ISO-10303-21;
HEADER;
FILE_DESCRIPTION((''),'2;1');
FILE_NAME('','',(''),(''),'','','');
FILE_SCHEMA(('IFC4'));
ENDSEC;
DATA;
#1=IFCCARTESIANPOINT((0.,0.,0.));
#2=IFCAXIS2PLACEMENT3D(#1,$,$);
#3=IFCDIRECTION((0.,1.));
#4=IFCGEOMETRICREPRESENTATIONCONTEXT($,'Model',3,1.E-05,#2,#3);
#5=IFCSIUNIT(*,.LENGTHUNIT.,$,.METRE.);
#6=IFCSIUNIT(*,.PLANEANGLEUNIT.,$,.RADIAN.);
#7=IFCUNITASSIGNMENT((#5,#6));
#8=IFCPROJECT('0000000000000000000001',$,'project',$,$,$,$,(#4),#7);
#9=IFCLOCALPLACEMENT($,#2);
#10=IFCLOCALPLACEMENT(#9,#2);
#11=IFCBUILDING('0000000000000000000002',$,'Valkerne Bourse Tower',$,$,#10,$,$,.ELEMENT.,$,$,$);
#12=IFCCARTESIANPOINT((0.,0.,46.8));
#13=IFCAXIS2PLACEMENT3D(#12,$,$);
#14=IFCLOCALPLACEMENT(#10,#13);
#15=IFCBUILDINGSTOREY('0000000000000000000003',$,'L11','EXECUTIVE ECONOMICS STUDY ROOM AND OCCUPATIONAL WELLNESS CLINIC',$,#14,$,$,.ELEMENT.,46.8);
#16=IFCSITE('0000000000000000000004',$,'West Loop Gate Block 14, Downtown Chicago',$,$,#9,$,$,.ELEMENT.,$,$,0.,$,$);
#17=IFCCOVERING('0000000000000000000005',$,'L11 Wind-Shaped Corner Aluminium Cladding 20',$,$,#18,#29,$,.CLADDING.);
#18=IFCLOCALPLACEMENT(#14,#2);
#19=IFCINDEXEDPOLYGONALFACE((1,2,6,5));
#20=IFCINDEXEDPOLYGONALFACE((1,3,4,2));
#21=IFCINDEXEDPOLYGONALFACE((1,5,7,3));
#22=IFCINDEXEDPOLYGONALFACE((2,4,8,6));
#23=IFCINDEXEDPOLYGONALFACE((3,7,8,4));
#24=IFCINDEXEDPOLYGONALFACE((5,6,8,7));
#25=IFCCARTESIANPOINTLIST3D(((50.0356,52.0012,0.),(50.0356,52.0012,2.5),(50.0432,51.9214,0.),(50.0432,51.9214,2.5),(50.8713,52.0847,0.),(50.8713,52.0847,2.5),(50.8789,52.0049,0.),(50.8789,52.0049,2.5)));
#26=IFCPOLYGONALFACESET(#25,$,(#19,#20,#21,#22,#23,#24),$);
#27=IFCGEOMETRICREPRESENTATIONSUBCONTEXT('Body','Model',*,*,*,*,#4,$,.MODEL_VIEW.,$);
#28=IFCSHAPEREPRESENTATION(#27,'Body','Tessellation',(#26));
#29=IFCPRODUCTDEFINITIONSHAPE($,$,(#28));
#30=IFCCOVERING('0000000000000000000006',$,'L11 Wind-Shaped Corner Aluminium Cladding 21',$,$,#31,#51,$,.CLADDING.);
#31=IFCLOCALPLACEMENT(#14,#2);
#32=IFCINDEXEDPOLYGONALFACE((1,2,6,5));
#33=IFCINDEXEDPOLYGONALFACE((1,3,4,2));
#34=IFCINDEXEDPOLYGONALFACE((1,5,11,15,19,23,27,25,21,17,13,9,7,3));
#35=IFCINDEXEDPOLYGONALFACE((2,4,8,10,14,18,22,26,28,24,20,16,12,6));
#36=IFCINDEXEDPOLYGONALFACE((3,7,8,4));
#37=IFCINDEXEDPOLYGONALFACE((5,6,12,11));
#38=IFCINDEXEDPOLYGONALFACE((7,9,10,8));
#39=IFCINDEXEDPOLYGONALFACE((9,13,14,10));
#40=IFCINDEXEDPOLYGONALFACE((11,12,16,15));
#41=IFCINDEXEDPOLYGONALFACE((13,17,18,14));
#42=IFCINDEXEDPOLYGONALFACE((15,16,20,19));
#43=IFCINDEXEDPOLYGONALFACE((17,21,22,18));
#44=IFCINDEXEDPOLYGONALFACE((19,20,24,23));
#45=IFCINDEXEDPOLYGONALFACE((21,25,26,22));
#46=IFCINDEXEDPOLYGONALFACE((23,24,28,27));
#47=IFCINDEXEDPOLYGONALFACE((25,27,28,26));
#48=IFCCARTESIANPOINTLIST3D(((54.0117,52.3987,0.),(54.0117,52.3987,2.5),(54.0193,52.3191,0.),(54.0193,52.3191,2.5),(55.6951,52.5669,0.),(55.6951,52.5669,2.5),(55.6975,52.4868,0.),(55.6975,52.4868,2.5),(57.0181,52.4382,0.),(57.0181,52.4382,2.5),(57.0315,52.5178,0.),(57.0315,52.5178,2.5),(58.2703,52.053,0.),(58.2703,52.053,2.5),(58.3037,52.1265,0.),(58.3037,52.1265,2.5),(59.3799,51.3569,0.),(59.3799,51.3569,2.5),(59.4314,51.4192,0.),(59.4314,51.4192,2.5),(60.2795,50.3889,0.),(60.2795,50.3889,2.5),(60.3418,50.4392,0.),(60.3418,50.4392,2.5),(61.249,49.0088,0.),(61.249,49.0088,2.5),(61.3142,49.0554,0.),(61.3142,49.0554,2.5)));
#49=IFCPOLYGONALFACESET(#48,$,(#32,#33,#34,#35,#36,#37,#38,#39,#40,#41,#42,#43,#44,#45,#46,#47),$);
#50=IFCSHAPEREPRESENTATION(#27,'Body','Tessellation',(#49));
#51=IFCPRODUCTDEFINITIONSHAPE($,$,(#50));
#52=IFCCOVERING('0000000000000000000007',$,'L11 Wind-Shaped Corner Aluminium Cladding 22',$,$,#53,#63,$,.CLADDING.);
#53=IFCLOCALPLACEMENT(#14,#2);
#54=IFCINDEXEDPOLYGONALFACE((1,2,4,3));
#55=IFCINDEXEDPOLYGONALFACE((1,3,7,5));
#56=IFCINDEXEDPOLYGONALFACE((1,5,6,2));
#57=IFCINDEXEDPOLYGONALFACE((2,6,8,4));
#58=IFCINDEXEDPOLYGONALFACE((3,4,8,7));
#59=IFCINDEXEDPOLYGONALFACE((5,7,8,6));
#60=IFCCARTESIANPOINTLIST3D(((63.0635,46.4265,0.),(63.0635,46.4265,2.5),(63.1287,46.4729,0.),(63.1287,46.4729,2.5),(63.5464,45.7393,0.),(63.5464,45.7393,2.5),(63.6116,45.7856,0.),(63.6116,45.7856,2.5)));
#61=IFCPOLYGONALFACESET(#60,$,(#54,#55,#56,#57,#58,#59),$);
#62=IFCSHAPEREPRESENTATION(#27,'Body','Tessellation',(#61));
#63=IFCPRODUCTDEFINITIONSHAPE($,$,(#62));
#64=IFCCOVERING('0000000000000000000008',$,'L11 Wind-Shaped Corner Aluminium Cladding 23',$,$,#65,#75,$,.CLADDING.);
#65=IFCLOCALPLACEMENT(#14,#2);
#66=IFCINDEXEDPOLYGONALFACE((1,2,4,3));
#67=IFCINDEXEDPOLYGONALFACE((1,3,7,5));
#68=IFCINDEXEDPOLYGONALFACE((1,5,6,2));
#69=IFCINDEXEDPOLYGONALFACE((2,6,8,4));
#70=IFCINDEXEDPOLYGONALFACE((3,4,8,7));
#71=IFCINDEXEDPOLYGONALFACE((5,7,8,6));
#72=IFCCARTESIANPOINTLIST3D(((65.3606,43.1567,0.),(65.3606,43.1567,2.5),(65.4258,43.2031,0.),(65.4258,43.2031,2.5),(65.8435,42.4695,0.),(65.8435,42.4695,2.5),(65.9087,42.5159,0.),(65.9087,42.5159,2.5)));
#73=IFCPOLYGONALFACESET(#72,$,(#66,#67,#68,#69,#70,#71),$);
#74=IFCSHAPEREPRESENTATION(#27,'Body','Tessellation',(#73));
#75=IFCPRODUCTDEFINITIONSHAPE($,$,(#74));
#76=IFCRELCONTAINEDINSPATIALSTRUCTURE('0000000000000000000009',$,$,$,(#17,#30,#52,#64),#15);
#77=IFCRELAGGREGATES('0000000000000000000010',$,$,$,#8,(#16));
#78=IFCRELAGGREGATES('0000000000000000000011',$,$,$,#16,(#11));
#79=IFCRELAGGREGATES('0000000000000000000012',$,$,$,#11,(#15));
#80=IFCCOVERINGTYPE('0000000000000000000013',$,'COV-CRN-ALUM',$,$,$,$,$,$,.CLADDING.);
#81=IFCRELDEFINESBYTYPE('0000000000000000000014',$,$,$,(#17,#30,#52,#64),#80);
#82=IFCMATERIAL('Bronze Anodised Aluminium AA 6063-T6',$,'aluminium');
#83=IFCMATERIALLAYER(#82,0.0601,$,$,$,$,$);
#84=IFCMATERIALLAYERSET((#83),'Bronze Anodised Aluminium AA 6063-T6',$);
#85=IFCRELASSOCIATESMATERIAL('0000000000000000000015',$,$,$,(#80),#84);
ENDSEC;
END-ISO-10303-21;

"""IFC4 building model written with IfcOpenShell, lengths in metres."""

from ifc_helpers import new_model, si_unit, direction, frame, origin, place, context, subcontext, project, spatial, polyline, outline, extrude, material, layer, layer_set, type_object, element, save


model = new_model("IFC4")

# Units and contexts
model_context = context("Model", 3, precision=1e-05, world=origin(), true_north=direction((0.0, 1.0)))
body_context = subcontext(model_context, "Body", "Model", "MODEL_VIEW")
ifc_project = project(units=[si_unit("LENGTHUNIT", "METRE"), si_unit("PLANEANGLEUNIT", "RADIAN")], contexts=[model_context])

# Site, building, storey
site_placement = place(None, origin())
site = spatial("IfcSite", under=ifc_project, at=site_placement, Name="West Loop Gate Block 14, Downtown Chicago", CompositionType="ELEMENT", RefElevation=0.0)
building_placement = place(site_placement, origin())
building = spatial("IfcBuilding", under=site, at=building_placement, Name="Valkerne Bourse Tower", CompositionType="ELEMENT")
storey_placement = place(building_placement, frame((0.0, 0.0, 46.8)))
storey = spatial("IfcBuildingStorey", under=building, at=storey_placement, Name="L11", Description="EXECUTIVE ECONOMICS STUDY ROOM AND OCCUPATIONAL WELLNESS CLINIC", CompositionType="ELEMENT", Elevation=46.8)

# Coverings
ifc_material_1 = material(Name="Bronze Anodised Aluminium AA 6063-T6", Category="aluminium")
ifc_layer_1 = layer(ifc_material_1, 0.0601)
ifc_layer_set_1 = layer_set([ifc_layer_1], Name="Bronze Anodised Aluminium AA 6063-T6")
covering_type = type_object("IfcCoveringType", Name="COV-CRN-ALUM", PredefinedType="CLADDING", material=ifc_layer_set_1)
covering_1_placement = place(storey_placement, origin())
element("IfcCovering", 1, at=covering_1_placement, inside=storey, type_object=covering_type, Name="L11 Wind-Shaped Corner Aluminium Cladding 20", PredefinedType="CLADDING", context=body_context, shape_type="SweptSolid", body=[
    extrude(outline(polyline([(50.8713, 52.0847), (50.8789, 52.0049), (50.0432, 51.9214), (50.0356, 52.0012), (50.8713, 52.0847)])), origin(), (0.0, 0.0, 1.0), 2.5),
])
covering_2_placement = place(storey_placement, origin())
element("IfcCovering", 2, at=covering_2_placement, inside=storey, type_object=covering_type, Name="L11 Wind-Shaped Corner Aluminium Cladding 21", PredefinedType="CLADDING", context=body_context, shape_type="SweptSolid", body=[
    extrude(outline(polyline([(55.6951, 52.5669), (57.0315, 52.5178), (58.3037, 52.1265), (59.4314, 51.4192), (60.3418, 50.4392), (61.3142, 49.0554), (61.249, 49.0088), (60.2795, 50.3889), (59.3799, 51.3569), (58.2703, 52.053), (57.0181, 52.4382), (55.6975, 52.4868), (54.0193, 52.3191), (54.0117, 52.3987), (55.6951, 52.5669)])), origin(), (0.0, 0.0, 1.0), 2.5),
])
covering_3_placement = place(storey_placement, origin())
element("IfcCovering", 3, at=covering_3_placement, inside=storey, type_object=covering_type, Name="L11 Wind-Shaped Corner Aluminium Cladding 22", PredefinedType="CLADDING", context=body_context, shape_type="SweptSolid", body=[
    extrude(outline(polyline([(63.6116, 45.7856), (63.5464, 45.7393), (63.0635, 46.4265), (63.1287, 46.4729), (63.6116, 45.7856)])), origin(), (0.0, 0.0, 1.0), 2.5),
])
covering_4_placement = place(storey_placement, origin())
element("IfcCovering", 4, at=covering_4_placement, inside=storey, type_object=covering_type, Name="L11 Wind-Shaped Corner Aluminium Cladding 23", PredefinedType="CLADDING", context=body_context, shape_type="SweptSolid", body=[
    extrude(outline(polyline([(65.9087, 42.5159), (65.8435, 42.4695), (65.3606, 43.1567), (65.4258, 43.2031), (65.9087, 42.5159)])), origin(), (0.0, 0.0, 1.0), 2.5),
])

save(model, "model.ifc")
